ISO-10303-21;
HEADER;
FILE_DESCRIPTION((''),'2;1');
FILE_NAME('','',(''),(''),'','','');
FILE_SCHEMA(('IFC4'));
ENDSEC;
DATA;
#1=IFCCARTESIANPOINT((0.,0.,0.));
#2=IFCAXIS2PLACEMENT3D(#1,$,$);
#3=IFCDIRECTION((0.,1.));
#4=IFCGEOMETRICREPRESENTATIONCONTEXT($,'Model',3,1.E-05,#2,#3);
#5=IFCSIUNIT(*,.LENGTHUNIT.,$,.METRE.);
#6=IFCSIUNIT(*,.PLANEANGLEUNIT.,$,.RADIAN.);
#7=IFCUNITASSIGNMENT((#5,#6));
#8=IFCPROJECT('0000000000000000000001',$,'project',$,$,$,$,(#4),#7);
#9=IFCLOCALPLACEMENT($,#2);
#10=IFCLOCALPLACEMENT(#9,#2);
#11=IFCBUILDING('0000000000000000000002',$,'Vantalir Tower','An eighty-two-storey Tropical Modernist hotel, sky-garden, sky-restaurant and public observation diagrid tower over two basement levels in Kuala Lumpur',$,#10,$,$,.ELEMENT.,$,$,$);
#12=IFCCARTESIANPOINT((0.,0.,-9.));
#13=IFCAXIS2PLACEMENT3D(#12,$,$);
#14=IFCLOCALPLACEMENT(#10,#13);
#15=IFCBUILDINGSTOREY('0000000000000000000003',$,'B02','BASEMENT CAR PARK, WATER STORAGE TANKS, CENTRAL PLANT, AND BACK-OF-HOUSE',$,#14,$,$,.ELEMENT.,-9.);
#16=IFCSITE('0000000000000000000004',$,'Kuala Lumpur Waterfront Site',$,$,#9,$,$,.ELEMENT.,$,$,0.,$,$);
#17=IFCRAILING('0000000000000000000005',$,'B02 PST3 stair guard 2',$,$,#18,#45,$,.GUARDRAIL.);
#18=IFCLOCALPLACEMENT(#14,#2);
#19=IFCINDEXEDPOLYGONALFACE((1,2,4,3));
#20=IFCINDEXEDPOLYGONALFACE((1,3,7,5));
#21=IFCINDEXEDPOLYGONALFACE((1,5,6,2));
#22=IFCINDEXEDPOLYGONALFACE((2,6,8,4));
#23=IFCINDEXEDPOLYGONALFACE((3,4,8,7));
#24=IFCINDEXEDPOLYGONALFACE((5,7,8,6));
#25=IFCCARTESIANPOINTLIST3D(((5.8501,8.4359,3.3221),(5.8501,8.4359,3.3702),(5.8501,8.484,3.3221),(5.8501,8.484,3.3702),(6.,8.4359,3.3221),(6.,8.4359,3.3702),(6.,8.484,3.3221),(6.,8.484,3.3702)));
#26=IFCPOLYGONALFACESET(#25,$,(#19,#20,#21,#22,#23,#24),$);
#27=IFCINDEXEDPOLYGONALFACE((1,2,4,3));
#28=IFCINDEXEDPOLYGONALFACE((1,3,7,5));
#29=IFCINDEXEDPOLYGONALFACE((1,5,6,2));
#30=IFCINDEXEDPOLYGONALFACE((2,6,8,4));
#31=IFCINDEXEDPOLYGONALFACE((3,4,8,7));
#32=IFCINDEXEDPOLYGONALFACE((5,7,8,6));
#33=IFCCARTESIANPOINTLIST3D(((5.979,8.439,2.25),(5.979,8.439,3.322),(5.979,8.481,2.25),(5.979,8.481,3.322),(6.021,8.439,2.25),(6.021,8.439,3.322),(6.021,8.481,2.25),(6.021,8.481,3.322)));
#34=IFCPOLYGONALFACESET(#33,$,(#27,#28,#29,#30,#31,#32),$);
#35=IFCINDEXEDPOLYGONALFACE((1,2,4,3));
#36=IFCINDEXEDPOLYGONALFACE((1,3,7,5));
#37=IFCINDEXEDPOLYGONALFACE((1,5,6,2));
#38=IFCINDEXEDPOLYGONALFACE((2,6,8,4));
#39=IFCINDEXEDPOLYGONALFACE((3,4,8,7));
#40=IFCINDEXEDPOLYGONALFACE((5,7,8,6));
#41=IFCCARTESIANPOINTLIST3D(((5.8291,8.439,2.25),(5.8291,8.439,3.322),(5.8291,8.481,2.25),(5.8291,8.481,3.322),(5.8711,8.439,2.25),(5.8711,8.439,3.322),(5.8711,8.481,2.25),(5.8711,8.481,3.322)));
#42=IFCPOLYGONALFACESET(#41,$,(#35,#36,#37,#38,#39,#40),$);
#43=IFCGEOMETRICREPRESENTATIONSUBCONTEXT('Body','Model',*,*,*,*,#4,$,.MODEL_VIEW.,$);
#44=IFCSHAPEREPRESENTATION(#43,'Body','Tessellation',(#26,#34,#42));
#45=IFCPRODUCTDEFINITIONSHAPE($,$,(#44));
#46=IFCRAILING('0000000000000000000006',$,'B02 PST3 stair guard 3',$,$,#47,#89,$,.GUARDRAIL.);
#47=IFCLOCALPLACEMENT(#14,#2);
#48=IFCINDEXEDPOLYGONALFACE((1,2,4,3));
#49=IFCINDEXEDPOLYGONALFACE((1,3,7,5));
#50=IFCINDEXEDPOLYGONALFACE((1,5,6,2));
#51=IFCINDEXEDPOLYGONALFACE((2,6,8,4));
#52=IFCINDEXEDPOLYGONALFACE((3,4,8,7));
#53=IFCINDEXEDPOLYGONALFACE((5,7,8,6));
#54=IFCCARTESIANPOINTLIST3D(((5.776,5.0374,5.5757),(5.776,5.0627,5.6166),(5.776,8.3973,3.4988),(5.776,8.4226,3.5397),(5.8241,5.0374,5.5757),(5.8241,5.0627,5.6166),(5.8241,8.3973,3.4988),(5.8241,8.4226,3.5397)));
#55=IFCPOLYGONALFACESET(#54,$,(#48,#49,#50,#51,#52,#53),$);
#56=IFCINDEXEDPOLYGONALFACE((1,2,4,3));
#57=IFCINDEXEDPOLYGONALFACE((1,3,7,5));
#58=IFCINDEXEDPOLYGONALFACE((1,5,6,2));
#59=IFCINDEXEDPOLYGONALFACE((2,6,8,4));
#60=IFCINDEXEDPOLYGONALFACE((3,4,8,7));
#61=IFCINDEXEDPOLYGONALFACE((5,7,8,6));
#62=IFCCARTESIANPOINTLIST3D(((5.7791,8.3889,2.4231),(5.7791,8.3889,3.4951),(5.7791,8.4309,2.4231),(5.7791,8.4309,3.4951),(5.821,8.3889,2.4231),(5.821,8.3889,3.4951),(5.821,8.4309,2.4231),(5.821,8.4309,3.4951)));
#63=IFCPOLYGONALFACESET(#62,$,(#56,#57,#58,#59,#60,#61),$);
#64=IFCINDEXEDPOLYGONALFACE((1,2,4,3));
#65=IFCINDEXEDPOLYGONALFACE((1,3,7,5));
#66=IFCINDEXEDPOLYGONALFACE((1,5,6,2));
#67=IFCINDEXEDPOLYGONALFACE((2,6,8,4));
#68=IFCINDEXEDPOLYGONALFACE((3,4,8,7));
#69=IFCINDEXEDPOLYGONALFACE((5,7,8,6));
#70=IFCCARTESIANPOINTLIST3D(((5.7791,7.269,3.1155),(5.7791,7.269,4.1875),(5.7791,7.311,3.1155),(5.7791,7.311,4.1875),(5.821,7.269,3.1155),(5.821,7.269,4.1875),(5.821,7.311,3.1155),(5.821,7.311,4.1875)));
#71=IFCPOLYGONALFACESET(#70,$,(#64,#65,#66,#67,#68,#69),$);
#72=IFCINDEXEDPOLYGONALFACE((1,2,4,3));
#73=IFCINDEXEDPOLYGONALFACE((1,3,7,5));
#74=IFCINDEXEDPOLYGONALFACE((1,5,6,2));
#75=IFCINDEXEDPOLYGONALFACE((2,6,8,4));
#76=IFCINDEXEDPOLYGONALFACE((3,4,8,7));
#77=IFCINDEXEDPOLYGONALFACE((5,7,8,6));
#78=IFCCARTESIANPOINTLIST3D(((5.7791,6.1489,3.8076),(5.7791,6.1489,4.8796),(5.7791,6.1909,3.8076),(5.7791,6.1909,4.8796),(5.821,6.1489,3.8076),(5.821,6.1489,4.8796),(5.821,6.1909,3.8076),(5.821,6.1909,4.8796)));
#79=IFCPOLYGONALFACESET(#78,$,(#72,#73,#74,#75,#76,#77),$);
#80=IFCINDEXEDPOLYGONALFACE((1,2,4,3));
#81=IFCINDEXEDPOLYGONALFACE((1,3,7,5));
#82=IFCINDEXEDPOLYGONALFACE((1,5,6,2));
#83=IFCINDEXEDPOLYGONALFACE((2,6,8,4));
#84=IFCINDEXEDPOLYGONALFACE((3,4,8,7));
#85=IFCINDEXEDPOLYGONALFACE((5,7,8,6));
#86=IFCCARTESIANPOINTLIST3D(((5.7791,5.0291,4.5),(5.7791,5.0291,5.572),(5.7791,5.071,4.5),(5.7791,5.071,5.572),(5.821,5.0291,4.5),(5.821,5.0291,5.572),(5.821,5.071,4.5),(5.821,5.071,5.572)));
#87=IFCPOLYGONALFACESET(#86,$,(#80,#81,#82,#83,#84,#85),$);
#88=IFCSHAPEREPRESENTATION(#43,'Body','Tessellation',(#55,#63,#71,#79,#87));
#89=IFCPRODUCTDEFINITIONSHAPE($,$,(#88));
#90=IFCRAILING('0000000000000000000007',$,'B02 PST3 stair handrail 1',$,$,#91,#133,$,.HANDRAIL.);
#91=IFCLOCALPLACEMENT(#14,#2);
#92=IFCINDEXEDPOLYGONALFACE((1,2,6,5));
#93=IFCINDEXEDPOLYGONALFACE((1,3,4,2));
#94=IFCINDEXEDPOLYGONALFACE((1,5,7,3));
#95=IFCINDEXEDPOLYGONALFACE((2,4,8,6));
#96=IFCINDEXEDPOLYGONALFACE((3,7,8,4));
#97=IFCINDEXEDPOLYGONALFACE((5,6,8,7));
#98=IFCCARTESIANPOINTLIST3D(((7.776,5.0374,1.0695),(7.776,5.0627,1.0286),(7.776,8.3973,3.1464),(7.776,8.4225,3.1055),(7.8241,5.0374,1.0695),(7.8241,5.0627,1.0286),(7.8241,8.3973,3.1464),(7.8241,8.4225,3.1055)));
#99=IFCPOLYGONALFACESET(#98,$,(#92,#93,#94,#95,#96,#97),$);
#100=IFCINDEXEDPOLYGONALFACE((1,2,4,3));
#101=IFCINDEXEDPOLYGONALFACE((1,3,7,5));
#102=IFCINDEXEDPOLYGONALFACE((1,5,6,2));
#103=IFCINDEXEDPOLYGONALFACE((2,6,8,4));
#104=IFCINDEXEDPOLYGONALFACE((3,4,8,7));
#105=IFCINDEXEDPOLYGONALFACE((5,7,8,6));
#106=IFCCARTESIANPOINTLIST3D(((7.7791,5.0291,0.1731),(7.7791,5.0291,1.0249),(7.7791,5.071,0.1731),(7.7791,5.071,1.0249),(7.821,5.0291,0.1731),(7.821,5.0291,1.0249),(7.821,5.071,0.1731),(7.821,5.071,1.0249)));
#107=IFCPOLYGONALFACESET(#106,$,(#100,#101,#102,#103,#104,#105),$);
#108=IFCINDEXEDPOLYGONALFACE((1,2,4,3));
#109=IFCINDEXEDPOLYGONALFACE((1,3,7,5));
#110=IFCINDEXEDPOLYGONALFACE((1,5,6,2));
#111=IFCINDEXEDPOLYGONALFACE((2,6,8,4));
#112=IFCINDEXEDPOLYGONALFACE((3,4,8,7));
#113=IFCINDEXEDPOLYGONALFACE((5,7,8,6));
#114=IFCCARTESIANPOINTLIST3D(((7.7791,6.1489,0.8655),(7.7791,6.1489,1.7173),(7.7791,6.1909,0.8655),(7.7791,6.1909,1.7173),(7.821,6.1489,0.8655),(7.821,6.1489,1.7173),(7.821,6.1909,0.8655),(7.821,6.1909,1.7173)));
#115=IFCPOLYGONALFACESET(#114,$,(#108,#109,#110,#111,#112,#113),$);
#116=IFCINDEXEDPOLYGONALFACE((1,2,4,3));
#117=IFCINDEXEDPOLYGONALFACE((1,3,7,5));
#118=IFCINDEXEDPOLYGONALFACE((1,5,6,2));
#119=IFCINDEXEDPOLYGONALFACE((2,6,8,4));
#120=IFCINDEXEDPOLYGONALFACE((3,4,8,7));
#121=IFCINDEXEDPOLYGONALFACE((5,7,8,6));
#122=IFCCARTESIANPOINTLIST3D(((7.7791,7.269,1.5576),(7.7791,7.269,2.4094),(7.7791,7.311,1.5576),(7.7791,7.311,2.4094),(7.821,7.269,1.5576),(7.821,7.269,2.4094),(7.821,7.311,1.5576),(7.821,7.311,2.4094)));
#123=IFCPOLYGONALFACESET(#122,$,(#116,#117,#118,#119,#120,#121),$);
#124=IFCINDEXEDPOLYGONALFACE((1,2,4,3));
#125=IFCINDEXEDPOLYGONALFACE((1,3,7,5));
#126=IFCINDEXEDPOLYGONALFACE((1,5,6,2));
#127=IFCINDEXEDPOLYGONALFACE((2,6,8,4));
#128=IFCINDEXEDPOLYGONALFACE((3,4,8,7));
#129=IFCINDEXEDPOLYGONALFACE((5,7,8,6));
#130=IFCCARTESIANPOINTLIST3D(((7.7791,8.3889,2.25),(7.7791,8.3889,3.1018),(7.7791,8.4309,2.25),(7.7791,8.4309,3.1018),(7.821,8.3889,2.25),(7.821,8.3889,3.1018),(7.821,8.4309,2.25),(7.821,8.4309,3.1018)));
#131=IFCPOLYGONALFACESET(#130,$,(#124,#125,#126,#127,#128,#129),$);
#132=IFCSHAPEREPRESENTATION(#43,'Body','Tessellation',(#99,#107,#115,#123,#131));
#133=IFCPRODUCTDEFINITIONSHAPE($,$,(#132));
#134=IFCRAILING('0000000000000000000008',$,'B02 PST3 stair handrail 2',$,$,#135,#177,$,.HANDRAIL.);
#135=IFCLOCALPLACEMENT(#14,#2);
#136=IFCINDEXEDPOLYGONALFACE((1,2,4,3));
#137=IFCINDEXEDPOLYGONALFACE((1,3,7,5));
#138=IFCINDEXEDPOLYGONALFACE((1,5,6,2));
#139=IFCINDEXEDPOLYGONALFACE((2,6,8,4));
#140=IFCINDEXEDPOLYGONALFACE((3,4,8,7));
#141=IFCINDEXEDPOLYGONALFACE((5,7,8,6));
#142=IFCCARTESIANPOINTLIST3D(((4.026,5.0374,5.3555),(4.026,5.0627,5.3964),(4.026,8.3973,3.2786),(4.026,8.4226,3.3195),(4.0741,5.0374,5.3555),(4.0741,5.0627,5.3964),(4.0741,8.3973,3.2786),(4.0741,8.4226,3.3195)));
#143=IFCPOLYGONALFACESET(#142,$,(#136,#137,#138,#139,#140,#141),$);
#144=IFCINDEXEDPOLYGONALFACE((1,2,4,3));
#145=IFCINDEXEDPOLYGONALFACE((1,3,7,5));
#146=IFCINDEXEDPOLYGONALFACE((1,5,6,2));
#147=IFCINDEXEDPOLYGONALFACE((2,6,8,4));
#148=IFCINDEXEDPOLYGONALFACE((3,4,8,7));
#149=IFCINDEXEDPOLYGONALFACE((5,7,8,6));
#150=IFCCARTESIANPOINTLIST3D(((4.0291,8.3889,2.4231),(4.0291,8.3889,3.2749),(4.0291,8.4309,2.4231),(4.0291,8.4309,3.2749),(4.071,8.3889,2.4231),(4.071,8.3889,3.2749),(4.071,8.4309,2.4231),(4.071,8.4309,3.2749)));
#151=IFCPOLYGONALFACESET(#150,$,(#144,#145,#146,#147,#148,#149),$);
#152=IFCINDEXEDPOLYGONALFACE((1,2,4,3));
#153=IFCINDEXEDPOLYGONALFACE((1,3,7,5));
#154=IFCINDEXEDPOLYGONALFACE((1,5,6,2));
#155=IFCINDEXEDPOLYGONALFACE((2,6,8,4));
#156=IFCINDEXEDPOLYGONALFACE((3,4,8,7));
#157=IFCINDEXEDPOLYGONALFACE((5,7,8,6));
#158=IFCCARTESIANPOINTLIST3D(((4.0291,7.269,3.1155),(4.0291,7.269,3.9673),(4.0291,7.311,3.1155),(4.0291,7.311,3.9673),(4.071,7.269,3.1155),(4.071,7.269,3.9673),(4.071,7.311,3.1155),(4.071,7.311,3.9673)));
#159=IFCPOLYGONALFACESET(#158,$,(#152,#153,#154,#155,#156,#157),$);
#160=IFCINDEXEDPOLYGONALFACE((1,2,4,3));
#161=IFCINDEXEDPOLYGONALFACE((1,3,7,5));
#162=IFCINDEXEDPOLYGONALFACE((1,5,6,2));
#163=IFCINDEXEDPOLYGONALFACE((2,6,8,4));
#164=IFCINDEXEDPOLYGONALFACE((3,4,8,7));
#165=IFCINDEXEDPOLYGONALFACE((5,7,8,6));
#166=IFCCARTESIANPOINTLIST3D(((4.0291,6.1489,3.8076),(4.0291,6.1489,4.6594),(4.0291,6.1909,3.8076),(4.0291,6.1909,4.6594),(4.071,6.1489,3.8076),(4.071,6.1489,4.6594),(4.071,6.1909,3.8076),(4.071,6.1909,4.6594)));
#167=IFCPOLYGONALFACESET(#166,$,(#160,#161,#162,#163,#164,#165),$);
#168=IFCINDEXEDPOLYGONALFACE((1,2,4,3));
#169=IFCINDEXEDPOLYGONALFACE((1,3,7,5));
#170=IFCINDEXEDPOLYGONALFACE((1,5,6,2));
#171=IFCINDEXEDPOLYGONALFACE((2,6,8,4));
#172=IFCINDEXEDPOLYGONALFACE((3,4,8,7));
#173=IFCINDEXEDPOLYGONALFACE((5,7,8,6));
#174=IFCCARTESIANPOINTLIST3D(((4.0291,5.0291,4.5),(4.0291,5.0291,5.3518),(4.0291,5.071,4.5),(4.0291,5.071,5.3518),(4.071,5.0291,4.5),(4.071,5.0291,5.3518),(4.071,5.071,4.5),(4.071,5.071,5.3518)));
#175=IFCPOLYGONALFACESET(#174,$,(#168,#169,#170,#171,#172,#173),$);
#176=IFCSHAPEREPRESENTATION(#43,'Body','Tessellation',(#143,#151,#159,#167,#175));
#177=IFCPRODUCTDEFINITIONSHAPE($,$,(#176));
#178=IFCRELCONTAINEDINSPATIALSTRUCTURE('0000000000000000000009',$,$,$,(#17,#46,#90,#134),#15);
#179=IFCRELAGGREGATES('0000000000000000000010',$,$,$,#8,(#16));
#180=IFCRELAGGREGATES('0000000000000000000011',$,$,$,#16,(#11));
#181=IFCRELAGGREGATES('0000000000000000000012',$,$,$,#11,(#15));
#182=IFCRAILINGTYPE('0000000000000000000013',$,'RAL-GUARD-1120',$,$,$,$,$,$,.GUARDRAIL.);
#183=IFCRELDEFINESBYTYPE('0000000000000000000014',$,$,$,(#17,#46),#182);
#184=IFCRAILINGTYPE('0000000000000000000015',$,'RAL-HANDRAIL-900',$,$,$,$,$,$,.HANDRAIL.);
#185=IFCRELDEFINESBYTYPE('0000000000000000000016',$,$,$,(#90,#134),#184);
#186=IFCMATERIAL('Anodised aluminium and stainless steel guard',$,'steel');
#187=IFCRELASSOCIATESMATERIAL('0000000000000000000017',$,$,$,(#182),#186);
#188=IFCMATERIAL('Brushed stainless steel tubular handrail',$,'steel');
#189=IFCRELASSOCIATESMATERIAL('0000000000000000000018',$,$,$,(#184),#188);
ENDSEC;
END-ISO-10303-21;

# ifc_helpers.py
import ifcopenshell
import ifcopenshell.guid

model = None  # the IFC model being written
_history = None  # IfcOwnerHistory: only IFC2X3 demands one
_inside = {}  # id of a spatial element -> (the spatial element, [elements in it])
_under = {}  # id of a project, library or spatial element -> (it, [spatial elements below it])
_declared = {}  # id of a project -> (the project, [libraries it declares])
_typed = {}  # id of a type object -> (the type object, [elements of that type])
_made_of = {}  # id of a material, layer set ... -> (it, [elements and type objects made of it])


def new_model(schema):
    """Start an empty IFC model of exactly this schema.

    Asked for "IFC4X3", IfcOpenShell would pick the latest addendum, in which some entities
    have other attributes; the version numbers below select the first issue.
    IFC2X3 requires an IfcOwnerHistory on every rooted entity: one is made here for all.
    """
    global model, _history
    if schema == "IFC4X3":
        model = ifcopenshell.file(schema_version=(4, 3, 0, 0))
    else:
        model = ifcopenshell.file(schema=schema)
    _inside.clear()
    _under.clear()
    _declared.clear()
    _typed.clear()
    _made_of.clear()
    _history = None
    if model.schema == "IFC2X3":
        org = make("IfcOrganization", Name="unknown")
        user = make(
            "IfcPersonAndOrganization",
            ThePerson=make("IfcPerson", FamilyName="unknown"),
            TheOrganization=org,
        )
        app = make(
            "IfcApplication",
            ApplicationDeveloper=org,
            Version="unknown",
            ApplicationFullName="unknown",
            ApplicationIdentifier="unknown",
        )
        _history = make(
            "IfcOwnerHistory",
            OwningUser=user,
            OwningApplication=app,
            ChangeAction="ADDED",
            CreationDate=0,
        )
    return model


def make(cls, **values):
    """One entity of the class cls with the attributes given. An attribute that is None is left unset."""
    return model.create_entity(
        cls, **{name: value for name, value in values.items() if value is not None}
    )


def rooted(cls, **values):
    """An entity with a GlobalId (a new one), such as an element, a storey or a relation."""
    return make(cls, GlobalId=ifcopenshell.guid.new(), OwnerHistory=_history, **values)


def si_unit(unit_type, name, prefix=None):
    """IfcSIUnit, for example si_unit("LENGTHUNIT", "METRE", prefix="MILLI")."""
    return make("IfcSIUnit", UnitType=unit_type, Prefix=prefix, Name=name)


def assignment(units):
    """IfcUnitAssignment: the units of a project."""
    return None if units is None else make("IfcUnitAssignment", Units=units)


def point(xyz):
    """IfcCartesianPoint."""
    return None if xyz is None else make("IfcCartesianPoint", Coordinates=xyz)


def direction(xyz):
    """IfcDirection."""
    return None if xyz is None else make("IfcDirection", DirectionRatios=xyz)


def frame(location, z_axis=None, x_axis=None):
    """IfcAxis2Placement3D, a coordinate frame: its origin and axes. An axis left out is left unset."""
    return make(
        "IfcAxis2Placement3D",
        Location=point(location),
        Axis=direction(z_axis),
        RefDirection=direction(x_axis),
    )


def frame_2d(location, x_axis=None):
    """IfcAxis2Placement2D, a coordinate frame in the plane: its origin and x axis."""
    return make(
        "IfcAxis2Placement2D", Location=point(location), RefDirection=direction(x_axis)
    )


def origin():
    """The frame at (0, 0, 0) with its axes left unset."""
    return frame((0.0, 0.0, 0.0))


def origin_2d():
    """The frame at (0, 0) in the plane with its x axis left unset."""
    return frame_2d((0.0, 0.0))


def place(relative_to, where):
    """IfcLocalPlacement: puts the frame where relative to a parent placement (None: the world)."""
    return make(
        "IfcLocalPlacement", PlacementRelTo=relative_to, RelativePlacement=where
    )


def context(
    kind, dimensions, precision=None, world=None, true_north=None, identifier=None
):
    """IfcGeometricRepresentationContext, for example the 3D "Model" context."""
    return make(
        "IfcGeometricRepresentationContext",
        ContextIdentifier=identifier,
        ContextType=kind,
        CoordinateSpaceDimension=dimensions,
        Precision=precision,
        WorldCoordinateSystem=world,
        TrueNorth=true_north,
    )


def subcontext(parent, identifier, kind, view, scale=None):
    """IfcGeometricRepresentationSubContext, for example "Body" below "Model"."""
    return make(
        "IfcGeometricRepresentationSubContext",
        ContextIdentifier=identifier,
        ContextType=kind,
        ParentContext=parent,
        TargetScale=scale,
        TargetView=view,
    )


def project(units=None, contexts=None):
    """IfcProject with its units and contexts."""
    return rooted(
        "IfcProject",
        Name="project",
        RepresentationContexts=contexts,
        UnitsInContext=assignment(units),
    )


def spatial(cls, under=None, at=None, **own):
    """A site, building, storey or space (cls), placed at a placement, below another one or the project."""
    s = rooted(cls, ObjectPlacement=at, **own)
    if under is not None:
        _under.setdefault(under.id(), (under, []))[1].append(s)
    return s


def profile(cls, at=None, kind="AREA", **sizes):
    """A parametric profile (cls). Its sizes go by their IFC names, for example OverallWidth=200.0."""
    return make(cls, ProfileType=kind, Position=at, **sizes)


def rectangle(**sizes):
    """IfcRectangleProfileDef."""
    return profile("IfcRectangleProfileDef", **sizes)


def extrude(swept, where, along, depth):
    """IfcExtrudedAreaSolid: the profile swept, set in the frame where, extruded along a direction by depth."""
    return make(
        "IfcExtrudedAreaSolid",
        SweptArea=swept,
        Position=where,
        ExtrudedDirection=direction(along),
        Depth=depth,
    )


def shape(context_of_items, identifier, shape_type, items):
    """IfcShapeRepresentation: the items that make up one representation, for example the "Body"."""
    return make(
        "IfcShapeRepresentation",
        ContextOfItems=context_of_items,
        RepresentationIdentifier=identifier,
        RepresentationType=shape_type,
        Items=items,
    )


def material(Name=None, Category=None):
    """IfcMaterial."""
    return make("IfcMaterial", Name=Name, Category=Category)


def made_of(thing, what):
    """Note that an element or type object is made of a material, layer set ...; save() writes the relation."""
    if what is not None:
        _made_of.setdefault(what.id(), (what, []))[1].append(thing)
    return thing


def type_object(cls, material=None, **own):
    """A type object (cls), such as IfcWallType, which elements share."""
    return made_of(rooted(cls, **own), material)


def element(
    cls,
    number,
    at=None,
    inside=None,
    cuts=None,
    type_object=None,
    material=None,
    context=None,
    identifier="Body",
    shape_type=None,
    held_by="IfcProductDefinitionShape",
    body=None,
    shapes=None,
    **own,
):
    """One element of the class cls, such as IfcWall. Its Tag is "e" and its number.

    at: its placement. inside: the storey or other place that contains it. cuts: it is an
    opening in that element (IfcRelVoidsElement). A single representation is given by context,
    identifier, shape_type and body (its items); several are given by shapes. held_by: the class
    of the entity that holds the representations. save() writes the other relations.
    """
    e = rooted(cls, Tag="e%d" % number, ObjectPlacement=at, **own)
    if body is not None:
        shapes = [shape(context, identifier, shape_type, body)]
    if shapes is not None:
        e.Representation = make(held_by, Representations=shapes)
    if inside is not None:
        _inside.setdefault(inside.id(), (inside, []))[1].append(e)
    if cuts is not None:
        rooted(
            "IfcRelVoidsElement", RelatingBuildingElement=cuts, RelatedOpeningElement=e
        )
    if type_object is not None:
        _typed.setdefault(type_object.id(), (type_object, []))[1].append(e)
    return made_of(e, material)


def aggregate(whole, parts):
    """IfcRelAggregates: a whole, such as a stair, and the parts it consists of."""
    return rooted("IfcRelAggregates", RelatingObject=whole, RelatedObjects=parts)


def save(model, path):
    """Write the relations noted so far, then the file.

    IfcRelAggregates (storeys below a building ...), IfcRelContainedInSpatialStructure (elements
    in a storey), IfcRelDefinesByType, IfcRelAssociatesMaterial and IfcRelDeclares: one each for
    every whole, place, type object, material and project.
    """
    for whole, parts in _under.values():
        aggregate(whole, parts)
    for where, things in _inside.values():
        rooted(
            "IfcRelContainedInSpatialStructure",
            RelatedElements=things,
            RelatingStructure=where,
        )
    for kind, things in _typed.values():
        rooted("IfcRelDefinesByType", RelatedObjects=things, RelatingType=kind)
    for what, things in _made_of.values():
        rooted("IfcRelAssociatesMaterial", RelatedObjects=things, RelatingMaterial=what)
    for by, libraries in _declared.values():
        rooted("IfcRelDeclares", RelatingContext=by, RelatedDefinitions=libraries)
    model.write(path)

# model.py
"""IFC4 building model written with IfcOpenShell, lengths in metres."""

from ifc_helpers import new_model, si_unit, direction, frame, origin, origin_2d, place, context, subcontext, project, spatial, rectangle, extrude, material, type_object, element, save


model = new_model("IFC4")

# Units and contexts
model_context = context("Model", 3, precision=1e-05, world=origin(), true_north=direction((0.0, 1.0)))
body_context = subcontext(model_context, "Body", "Model", "MODEL_VIEW")
ifc_project = project(units=[si_unit("LENGTHUNIT", "METRE"), si_unit("PLANEANGLEUNIT", "RADIAN")], contexts=[model_context])

# Site, building, storey
site_placement = place(None, origin())
site = spatial("IfcSite", under=ifc_project, at=site_placement, Name="Kuala Lumpur Waterfront Site", CompositionType="ELEMENT", RefElevation=0.0)
building_placement = place(site_placement, origin())
building = spatial("IfcBuilding", under=site, at=building_placement, Name="Vantalir Tower", Description="An eighty-two-storey Tropical Modernist hotel, sky-garden, sky-restaurant and public observation diagrid tower over two basement levels in Kuala Lumpur", CompositionType="ELEMENT")
storey_placement = place(building_placement, frame((0.0, 0.0, -9.0)))
storey = spatial("IfcBuildingStorey", under=building, at=storey_placement, Name="B02", Description="BASEMENT CAR PARK, WATER STORAGE TANKS, CENTRAL PLANT, AND BACK-OF-HOUSE", CompositionType="ELEMENT", Elevation=-9.0)

# Railings
ifc_material_1 = material(Name="Anodised aluminium and stainless steel guard", Category="steel")
railing_type_1 = type_object("IfcRailingType", Name="RAL-GUARD-1120", PredefinedType="GUARDRAIL", material=ifc_material_1)
railing_1_placement = place(storey_placement, frame((6.0, 8.46, 2.25)))
element("IfcRailing", 1, at=railing_1_placement, inside=storey, type_object=railing_type_1, Name="B02 PST3 stair guard 2", PredefinedType="GUARDRAIL", context=body_context, shape_type="SweptSolid", body=[
    extrude(rectangle(XDim=0.0481, YDim=0.0481, at=origin_2d()), frame((0.0, 0.0, 1.0962), z_axis=(-1.0, 0.0, 0.0), x_axis=(0.0, -1.0, 0.0)), (0.0, 0.0, 1.0), 0.1499),
    extrude(rectangle(XDim=0.042, YDim=0.042, at=origin_2d()), origin(), (0.0, 0.0, 1.0), 1.072),
    extrude(rectangle(XDim=0.042, YDim=0.042, at=origin_2d()), frame((-0.1499, 0.0, 0.0)), (0.0, 0.0, 1.0), 1.072),
])
railing_2_placement = place(storey_placement, frame((5.8, 8.4099, 2.4231)))
element("IfcRailing", 2, at=railing_2_placement, inside=storey, type_object=railing_type_1, Name="B02 PST3 stair guard 3", PredefinedType="GUARDRAIL", context=body_context, shape_type="SweptSolid", body=[
    extrude(rectangle(XDim=0.0481, YDim=0.0481, at=origin_2d()), frame((0.0, 0.0, 1.0962), z_axis=(0.0, -0.850606, 0.525803), x_axis=(1.0, 0.0, 0.0)), (0.0, 0.0, 1.0), 3.95),
    extrude(rectangle(XDim=0.042, YDim=0.042, at=origin_2d()), origin(), (0.0, 0.0, 1.0), 1.072),
    extrude(rectangle(XDim=0.042, YDim=0.042, at=origin_2d()), frame((0.0, -1.1199, 0.6924)), (0.0, 0.0, 1.0), 1.072),
    extrude(rectangle(XDim=0.042, YDim=0.042, at=origin_2d()), frame((0.0, -2.24, 1.3845)), (0.0, 0.0, 1.0), 1.072),
    extrude(rectangle(XDim=0.042, YDim=0.042, at=origin_2d()), frame((0.0, -3.3599, 2.0769)), (0.0, 0.0, 1.0), 1.072),
])
ifc_material_2 = material(Name="Brushed stainless steel tubular handrail", Category="steel")
railing_type_2 = type_object("IfcRailingType", Name="RAL-HANDRAIL-900", PredefinedType="HANDRAIL", material=ifc_material_2)
railing_3_placement = place(storey_placement, frame((7.8, 5.05, 0.1731)))
element("IfcRailing", 3, at=railing_3_placement, inside=storey, type_object=railing_type_2, Name="B02 PST3 stair handrail 1", PredefinedType="HANDRAIL", context=body_context, shape_type="SweptSolid", body=[
    extrude(rectangle(XDim=0.0481, YDim=0.0481, at=origin_2d()), frame((0.0, 0.0, 0.876), z_axis=(0.0, 0.850606, 0.525803), x_axis=(-1.0, 0.0, 0.0)), (0.0, 0.0, 1.0), 3.95),
    extrude(rectangle(XDim=0.042, YDim=0.042, at=origin_2d()), origin(), (0.0, 0.0, 1.0), 0.8518),
    extrude(rectangle(XDim=0.042, YDim=0.042, at=origin_2d()), frame((0.0, 1.1199, 0.6924)), (0.0, 0.0, 1.0), 0.8518),
    extrude(rectangle(XDim=0.042, YDim=0.042, at=origin_2d()), frame((0.0, 2.24, 1.3845)), (0.0, 0.0, 1.0), 0.8518),
    extrude(rectangle(XDim=0.042, YDim=0.042, at=origin_2d()), frame((0.0, 3.3599, 2.0769)), (0.0, 0.0, 1.0), 0.8518),
])
railing_4_placement = place(storey_placement, frame((4.05, 8.4099, 2.4231)))
element("IfcRailing", 4, at=railing_4_placement, inside=storey, type_object=railing_type_2, Name="B02 PST3 stair handrail 2", PredefinedType="HANDRAIL", context=body_context, shape_type="SweptSolid", body=[
    extrude(rectangle(XDim=0.0481, YDim=0.0481, at=origin_2d()), frame((0.0, 0.0, 0.876), z_axis=(0.0, -0.850606, 0.525803), x_axis=(1.0, 0.0, 0.0)), (0.0, 0.0, 1.0), 3.95),
    extrude(rectangle(XDim=0.042, YDim=0.042, at=origin_2d()), origin(), (0.0, 0.0, 1.0), 0.8518),
    extrude(rectangle(XDim=0.042, YDim=0.042, at=origin_2d()), frame((0.0, -1.1199, 0.6924)), (0.0, 0.0, 1.0), 0.8518),
    extrude(rectangle(XDim=0.042, YDim=0.042, at=origin_2d()), frame((0.0, -2.24, 1.3845)), (0.0, 0.0, 1.0), 0.8518),
    extrude(rectangle(XDim=0.042, YDim=0.042, at=origin_2d()), frame((0.0, -3.3599, 2.0769)), (0.0, 0.0, 1.0), 0.8518),
])

save(model, "model.ifc")
